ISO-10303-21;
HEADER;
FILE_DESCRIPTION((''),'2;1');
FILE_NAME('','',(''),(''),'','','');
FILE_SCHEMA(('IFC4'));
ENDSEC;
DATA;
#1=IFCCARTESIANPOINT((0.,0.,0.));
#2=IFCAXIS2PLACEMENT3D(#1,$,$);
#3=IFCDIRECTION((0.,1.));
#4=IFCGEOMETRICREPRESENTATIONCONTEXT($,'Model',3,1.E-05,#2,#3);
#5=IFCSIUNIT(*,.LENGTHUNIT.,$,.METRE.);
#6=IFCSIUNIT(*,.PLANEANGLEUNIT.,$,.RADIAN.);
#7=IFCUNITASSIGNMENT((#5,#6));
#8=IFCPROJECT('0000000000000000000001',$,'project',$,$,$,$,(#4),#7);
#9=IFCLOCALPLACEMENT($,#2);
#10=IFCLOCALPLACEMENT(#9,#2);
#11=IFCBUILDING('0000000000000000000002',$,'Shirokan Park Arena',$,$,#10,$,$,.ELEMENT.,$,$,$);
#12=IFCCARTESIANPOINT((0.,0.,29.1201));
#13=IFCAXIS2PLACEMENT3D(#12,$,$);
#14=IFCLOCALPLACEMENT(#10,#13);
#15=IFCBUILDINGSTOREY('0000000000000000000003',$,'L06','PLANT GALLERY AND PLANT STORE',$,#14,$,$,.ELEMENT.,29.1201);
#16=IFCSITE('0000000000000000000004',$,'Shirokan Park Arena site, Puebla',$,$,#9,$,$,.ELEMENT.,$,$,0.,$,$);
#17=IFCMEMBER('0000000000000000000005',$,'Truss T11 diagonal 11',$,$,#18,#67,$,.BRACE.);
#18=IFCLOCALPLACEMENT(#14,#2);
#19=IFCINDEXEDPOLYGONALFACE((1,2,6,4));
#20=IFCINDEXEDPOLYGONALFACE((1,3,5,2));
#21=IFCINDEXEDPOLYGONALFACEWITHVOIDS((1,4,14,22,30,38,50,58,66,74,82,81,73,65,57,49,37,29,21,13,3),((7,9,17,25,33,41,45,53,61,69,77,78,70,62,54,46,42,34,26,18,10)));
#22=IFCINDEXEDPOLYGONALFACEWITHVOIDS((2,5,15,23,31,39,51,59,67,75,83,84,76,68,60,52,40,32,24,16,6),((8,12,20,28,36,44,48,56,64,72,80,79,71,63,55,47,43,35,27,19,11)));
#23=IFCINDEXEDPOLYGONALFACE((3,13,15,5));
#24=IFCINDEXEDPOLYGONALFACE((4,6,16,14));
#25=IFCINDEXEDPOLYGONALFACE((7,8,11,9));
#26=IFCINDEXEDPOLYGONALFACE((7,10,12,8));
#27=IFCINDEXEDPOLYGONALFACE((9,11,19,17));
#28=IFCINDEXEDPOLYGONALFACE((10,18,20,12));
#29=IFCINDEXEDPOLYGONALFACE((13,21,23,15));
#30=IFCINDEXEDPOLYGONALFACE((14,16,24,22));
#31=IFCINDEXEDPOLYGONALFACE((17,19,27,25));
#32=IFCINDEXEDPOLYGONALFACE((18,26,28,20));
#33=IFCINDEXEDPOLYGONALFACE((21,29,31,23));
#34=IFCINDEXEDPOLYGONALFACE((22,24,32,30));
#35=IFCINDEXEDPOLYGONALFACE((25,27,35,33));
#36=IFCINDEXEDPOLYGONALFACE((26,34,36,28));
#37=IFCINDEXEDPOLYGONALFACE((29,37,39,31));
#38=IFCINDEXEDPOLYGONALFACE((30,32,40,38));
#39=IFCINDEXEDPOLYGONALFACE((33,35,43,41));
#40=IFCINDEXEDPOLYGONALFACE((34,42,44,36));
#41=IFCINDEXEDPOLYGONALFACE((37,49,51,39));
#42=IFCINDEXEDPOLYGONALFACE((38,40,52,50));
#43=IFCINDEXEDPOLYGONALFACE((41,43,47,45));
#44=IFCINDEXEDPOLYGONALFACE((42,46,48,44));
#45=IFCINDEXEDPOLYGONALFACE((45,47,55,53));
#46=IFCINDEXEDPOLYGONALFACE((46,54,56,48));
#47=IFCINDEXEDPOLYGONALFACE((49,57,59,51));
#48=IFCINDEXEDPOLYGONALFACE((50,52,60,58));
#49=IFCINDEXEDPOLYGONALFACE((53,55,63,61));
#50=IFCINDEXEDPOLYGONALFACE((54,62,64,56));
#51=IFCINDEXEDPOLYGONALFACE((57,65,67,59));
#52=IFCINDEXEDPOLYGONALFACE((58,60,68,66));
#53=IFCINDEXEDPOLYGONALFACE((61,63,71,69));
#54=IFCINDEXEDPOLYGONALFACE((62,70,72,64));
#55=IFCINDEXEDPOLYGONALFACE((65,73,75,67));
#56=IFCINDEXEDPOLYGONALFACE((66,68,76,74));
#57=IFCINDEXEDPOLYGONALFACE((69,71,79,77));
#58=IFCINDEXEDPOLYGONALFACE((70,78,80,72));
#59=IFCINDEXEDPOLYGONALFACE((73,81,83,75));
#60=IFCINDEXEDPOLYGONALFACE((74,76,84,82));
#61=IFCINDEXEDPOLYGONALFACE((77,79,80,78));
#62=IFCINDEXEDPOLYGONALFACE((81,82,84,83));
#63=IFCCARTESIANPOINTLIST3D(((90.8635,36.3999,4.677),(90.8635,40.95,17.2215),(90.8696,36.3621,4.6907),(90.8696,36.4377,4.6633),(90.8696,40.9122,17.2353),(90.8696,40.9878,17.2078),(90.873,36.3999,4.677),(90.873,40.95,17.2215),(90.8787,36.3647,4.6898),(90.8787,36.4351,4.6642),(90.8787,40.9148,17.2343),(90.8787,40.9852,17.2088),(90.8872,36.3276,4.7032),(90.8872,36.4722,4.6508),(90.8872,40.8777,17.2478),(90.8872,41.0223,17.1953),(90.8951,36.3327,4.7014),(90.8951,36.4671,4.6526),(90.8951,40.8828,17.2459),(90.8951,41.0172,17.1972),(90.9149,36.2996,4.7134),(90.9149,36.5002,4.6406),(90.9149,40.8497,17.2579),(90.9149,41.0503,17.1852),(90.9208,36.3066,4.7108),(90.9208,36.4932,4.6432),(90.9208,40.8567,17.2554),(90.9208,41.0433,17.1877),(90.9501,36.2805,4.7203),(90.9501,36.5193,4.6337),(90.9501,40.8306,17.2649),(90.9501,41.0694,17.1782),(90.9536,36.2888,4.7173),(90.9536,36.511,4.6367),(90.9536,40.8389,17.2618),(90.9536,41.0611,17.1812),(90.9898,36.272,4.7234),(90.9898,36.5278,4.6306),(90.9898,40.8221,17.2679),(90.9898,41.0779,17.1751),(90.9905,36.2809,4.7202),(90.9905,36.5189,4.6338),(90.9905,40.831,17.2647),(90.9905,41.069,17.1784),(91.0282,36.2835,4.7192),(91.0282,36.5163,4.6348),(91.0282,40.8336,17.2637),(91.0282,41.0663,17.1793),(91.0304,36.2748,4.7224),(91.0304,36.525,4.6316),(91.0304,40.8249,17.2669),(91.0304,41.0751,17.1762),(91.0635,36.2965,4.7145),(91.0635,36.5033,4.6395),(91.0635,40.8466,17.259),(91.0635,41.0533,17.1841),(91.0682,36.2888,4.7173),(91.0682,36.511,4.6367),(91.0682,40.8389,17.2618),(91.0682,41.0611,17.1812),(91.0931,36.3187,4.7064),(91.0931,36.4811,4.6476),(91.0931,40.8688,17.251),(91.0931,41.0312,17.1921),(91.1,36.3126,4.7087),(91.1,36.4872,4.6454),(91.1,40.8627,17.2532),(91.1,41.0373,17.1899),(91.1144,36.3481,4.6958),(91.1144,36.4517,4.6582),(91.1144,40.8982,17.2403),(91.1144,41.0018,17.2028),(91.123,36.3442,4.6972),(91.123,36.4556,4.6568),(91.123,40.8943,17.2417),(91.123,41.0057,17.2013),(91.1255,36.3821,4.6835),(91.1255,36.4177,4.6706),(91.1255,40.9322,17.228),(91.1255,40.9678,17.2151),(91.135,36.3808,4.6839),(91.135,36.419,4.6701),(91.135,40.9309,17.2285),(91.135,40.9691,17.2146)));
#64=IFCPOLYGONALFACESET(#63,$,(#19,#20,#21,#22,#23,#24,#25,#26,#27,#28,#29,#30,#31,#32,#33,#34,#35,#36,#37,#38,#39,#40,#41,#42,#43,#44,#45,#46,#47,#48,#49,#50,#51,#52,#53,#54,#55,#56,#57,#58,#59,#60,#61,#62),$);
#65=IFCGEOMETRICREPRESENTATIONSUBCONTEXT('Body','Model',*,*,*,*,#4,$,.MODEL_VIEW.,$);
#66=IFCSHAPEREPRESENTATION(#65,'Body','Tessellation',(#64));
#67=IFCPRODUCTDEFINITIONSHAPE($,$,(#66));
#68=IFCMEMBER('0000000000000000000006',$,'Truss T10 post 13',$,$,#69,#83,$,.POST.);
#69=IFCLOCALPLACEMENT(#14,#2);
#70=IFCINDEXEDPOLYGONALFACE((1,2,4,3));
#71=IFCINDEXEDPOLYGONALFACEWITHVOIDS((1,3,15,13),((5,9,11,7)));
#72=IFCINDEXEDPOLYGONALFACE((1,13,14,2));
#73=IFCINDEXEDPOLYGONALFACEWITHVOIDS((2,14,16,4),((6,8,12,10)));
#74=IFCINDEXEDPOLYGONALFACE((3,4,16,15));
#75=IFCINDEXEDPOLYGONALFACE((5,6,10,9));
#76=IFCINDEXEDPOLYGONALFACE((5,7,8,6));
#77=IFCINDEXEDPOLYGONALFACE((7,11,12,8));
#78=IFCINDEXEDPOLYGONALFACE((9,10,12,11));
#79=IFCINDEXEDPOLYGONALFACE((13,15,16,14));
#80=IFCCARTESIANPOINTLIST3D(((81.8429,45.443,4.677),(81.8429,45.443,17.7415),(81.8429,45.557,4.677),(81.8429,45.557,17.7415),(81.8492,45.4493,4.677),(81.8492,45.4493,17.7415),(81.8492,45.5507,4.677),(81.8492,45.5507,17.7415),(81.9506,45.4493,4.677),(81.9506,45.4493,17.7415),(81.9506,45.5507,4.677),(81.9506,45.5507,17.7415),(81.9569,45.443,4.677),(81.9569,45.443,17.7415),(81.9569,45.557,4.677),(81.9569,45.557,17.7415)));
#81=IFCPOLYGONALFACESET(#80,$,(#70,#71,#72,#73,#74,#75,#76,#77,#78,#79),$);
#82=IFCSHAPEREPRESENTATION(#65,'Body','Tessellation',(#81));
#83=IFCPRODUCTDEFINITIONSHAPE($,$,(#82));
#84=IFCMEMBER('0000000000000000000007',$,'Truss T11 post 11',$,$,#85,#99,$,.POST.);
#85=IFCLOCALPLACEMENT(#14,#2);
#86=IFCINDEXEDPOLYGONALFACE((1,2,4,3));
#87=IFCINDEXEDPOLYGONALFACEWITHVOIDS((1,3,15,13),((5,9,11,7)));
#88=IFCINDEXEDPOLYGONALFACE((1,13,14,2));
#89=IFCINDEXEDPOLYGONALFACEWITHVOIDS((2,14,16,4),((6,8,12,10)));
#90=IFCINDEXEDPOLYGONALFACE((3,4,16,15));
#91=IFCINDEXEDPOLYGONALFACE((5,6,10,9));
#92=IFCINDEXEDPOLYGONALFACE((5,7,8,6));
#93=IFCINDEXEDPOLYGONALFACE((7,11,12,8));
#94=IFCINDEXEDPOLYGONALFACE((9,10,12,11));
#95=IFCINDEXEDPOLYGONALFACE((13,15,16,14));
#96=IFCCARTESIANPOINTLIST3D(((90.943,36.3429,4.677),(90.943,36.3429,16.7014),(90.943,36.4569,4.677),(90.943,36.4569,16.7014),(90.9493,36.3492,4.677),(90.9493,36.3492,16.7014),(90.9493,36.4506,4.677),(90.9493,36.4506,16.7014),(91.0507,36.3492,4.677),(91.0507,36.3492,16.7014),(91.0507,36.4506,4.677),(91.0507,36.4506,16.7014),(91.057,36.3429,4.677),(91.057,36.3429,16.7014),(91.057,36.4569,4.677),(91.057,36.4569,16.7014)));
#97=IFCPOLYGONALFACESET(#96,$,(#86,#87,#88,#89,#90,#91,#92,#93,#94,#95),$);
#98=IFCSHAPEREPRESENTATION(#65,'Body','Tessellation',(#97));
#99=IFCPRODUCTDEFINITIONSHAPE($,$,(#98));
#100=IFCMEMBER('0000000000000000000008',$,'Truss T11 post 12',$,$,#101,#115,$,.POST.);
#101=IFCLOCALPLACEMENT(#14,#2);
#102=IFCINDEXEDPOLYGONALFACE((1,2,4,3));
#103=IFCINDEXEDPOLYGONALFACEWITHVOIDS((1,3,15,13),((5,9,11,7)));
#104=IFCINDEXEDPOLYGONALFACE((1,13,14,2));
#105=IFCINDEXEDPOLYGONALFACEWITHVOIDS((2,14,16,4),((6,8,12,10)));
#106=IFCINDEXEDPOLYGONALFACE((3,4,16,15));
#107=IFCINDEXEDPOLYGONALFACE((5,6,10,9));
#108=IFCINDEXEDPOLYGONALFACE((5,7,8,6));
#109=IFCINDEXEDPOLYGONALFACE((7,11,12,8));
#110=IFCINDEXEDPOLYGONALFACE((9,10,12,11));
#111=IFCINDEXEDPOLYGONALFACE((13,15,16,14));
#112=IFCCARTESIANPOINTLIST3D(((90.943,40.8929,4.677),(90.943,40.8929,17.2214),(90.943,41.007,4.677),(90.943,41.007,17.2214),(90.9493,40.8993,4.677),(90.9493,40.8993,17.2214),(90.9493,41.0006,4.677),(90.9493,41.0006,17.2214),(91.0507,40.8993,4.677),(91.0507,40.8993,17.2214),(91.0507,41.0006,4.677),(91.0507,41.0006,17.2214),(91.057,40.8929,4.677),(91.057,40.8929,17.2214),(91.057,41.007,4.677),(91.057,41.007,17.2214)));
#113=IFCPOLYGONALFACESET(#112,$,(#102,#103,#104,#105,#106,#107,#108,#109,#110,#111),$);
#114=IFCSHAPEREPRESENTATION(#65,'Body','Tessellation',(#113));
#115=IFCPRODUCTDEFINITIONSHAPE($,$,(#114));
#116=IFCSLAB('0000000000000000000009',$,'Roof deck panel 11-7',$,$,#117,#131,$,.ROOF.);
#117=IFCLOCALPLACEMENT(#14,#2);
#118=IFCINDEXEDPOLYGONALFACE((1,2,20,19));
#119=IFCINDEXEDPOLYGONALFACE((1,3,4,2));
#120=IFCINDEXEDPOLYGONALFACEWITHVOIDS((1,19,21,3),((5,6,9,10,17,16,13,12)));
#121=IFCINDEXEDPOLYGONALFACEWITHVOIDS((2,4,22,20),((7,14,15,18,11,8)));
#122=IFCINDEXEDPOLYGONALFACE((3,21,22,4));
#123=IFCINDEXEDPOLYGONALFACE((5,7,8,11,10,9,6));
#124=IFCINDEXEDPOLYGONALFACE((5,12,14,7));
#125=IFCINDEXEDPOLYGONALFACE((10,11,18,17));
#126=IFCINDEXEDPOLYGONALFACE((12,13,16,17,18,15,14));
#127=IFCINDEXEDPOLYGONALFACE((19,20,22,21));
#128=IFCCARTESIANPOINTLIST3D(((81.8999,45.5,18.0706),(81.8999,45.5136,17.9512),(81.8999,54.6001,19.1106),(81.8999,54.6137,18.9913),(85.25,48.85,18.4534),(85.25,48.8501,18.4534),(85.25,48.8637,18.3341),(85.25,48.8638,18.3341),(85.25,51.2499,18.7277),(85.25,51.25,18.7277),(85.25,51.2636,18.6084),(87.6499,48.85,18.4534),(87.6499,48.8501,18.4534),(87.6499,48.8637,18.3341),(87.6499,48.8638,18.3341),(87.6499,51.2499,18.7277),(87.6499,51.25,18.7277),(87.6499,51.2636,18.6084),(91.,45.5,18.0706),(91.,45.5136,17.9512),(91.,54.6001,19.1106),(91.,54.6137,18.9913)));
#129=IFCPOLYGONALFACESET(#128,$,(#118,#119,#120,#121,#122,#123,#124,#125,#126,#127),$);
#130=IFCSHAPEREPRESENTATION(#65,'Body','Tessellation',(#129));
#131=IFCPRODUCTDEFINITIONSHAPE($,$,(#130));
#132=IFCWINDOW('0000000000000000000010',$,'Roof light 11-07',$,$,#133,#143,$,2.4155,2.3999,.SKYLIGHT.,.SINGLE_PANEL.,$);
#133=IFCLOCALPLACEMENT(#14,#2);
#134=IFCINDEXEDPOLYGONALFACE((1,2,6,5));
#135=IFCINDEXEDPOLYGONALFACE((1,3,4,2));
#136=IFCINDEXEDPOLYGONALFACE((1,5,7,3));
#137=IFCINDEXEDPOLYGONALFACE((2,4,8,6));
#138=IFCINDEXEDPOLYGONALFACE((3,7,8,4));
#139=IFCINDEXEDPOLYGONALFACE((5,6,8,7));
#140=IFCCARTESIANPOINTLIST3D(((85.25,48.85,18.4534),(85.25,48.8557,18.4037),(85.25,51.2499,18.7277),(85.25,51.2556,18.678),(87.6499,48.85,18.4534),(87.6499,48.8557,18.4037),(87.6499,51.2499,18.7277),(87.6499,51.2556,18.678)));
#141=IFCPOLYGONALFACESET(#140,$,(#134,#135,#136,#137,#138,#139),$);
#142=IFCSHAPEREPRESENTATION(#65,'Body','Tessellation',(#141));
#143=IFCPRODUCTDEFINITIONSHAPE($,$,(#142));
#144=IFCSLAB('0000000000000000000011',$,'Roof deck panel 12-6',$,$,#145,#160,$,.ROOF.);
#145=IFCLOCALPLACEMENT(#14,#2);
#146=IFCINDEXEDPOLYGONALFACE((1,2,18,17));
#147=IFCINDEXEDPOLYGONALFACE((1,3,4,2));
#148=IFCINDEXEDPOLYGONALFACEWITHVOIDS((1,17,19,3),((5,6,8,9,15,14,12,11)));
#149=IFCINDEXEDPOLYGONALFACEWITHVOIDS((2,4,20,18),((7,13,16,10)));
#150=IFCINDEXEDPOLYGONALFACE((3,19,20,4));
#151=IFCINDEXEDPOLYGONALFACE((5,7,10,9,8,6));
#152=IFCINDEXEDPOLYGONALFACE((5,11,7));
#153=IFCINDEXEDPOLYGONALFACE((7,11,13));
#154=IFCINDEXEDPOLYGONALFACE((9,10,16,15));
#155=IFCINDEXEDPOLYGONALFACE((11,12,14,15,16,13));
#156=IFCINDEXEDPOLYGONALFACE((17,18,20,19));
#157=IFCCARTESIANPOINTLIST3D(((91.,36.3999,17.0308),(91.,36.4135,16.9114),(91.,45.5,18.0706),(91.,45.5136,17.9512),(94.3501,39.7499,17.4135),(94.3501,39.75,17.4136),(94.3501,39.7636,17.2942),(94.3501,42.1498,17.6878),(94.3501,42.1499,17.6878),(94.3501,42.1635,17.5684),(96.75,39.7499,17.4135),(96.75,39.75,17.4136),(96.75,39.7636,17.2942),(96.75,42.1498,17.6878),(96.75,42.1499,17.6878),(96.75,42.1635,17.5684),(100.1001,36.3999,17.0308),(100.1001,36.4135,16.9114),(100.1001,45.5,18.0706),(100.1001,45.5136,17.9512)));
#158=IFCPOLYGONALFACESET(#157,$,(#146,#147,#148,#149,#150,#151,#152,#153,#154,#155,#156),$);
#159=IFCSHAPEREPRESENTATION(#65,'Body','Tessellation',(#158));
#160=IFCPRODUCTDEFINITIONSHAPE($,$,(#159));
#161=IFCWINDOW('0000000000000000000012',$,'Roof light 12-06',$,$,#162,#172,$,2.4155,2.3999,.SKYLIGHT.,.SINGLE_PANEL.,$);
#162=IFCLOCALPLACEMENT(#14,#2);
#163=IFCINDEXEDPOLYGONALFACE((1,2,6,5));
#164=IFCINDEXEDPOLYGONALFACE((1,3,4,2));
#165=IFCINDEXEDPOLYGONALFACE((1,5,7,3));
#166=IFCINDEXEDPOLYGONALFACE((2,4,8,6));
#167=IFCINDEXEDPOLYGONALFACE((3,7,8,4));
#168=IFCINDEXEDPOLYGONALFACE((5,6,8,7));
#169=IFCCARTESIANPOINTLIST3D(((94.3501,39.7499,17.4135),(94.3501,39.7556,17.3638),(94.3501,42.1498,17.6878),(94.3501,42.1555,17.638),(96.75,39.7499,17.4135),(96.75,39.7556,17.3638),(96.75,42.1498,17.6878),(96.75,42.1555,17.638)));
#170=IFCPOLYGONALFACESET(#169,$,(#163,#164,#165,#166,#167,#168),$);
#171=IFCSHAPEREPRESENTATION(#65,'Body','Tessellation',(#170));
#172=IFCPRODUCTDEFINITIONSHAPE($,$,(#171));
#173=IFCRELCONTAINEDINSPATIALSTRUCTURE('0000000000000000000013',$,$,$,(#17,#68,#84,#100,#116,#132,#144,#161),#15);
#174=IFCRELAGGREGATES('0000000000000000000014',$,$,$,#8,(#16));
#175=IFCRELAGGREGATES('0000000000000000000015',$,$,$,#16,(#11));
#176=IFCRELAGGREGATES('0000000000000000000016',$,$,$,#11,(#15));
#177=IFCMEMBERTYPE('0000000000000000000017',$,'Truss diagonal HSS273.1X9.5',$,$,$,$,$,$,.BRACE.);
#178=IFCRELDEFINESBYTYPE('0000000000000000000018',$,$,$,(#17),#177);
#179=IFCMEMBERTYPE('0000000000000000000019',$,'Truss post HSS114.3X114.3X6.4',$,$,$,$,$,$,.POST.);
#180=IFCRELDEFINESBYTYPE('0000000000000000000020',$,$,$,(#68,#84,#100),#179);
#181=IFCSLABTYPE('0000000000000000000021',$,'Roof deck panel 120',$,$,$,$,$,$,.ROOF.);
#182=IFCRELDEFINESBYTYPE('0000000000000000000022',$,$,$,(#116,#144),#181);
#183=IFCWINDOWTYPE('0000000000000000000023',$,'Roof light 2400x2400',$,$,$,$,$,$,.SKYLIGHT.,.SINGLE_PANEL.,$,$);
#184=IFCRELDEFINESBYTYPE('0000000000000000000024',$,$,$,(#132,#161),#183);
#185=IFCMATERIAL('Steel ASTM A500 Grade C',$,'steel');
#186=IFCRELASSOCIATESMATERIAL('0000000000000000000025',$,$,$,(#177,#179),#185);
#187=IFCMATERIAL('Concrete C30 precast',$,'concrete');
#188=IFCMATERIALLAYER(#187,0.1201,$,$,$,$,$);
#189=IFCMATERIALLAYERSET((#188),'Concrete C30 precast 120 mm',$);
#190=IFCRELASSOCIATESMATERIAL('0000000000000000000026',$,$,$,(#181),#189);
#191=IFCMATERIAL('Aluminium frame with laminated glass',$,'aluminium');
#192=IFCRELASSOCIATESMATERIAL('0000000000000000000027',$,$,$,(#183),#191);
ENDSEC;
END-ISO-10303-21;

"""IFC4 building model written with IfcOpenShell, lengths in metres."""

from ifc_helpers import new_model, si_unit, direction, frame, origin, origin_2d, place, context, subcontext, project, spatial, polyline, rectangle, hollow_rectangle, hollow_circle, outline, extrude, material, layer, layer_set, material_profile, profile_set, type_object, element, fill, save


model = new_model("IFC4")

# Units and contexts
model_context = context("Model", 3, precision=1e-05, world=origin(), true_north=direction((0.0, 1.0)))
body_context = subcontext(model_context, "Body", "Model", "MODEL_VIEW")
ifc_project = project(units=[si_unit("LENGTHUNIT", "METRE"), si_unit("PLANEANGLEUNIT", "RADIAN")], contexts=[model_context])

# Site, building, storey
site_placement = place(None, origin())
site = spatial("IfcSite", under=ifc_project, at=site_placement, Name="Shirokan Park Arena site, Puebla", CompositionType="ELEMENT", RefElevation=0.0)
building_placement = place(site_placement, origin())
building = spatial("IfcBuilding", under=site, at=building_placement, Name="Shirokan Park Arena", CompositionType="ELEMENT")
storey_placement = place(building_placement, frame((0.0, 0.0, 29.1201)))
storey = spatial("IfcBuildingStorey", under=building, at=storey_placement, Name="L06", Description="PLANT GALLERY AND PLANT STORE", CompositionType="ELEMENT", Elevation=29.1201)

# Members
ifc_material_1 = material(Name="Steel ASTM A500 Grade C", Category="steel")
ifc_material_profile_1 = material_profile(ifc_material_1, hollow_circle(Radius=0.1365, WallThickness=0.0095, at=origin_2d()), Name="HSS273.1X9.5")
ifc_profile_set_1 = profile_set([ifc_material_profile_1], Name="Steel ASTM A500 Grade C")
member_type_1 = type_object("IfcMemberType", Name="Truss diagonal HSS273.1X9.5", PredefinedType="BRACE", material=ifc_profile_set_1)
member_1_placement = place(storey_placement, frame((91.0, 36.3999, 4.677), z_axis=(0.0, 0.340978, 0.940071), x_axis=(-1.0, 0.0, 0.0)))
element("IfcMember", 1, at=member_1_placement, inside=storey, type_object=member_type_1, Name="Truss T11 diagonal 11", PredefinedType="BRACE", context=body_context, shape_type="SweptSolid", body=[
    extrude(hollow_circle(Radius=0.1365, WallThickness=0.0095, at=origin_2d()), origin(), (0.0, 0.0, 1.0), 13.3442),
])
ifc_material_profile_2 = material_profile(ifc_material_1, hollow_rectangle(XDim=0.114, YDim=0.114, WallThickness=0.0063, at=origin_2d()), Name="HSS114.3X114.3X6.4")
ifc_profile_set_2 = profile_set([ifc_material_profile_2], Name="Steel ASTM A500 Grade C")
member_type_2 = type_object("IfcMemberType", Name="Truss post HSS114.3X114.3X6.4", PredefinedType="POST", material=ifc_profile_set_2)
member_2_placement = place(storey_placement, frame((81.8999, 45.5, 4.677), z_axis=(0.0, 0.0, 1.0), x_axis=(1.0, 0.0, 0.0)))
element("IfcMember", 2, at=member_2_placement, inside=storey, type_object=member_type_2, Name="Truss T10 post 13", PredefinedType="POST", context=body_context, shape_type="SweptSolid", body=[
    extrude(hollow_rectangle(XDim=0.114, YDim=0.114, WallThickness=0.0063, at=origin_2d()), origin(), (0.0, 0.0, 1.0), 13.0645),
])
member_3_placement = place(storey_placement, frame((91.0, 36.3999, 4.677), z_axis=(0.0, 0.0, 1.0), x_axis=(1.0, 0.0, 0.0)))
element("IfcMember", 3, at=member_3_placement, inside=storey, type_object=member_type_2, Name="Truss T11 post 11", PredefinedType="POST", context=body_context, shape_type="SweptSolid", body=[
    extrude(hollow_rectangle(XDim=0.114, YDim=0.114, WallThickness=0.0063, at=origin_2d()), origin(), (0.0, 0.0, 1.0), 12.0244),
])
member_4_placement = place(storey_placement, frame((91.0, 40.95, 4.677), z_axis=(0.0, 0.0, 1.0), x_axis=(1.0, 0.0, 0.0)))
element("IfcMember", 4, at=member_4_placement, inside=storey, type_object=member_type_2, Name="Truss T11 post 12", PredefinedType="POST", context=body_context, shape_type="SweptSolid", body=[
    extrude(hollow_rectangle(XDim=0.114, YDim=0.114, WallThickness=0.0063, at=origin_2d()), origin(), (0.0, 0.0, 1.0), 12.5444),
])

# Slabs, openings, windows
ifc_material_2 = material(Name="Concrete C30 precast", Category="concrete")
ifc_layer_1 = layer(ifc_material_2, 0.1201)
ifc_layer_set_1 = layer_set([ifc_layer_1], Name="Concrete C30 precast 120 mm")
slab_type = type_object("IfcSlabType", Name="Roof deck panel 120", PredefinedType="ROOF", material=ifc_layer_set_1)
slab_1_placement = place(storey_placement, frame((81.8999, 45.5, 18.0706), z_axis=(0.0, -0.11355, 0.993532), x_axis=(1.0, 0.0, 0.0)))
slab_1 = element("IfcSlab", 5, at=slab_1_placement, inside=storey, type_object=slab_type, Name="Roof deck panel 11-7", PredefinedType="ROOF", context=body_context, shape_type="SweptSolid", body=[
    extrude(outline(polyline([(0.0, 0.0), (9.1001, 0.0), (9.1001, 9.1593), (0.0, 9.1593), (0.0, 0.0)]), holes=[polyline([(3.3501, 3.3719), (5.75, 3.3719), (5.75, 5.7874), (3.3501, 5.7874), (3.3501, 3.3719)])]), origin(), (0.0, 0.0, -1.0), 0.1201),
])
opening_1_placement = place(slab_1_placement, frame((4.55, 4.5796, 0.01)))
opening_1 = element("IfcOpeningElement", 6, at=opening_1_placement, cuts=slab_1, PredefinedType="OPENING", context=body_context, shape_type="SweptSolid", body=[
    extrude(rectangle(XDim=2.3999, YDim=2.4155, at=origin_2d()), origin(), (0.0, 0.0, -1.0), 0.1399),
])
ifc_material_3 = material(Name="Aluminium frame with laminated glass", Category="aluminium")
window_type = type_object("IfcWindowType", Name="Roof light 2400x2400", PartitioningType="SINGLE_PANEL", PredefinedType="SKYLIGHT", material=ifc_material_3)
window_1_placement = place(opening_1_placement, frame((0.0, 0.0, -0.0601)))
window_1 = element("IfcWindow", 7, at=window_1_placement, inside=storey, type_object=window_type, Name="Roof light 11-07", OverallHeight=2.4155, OverallWidth=2.3999, PartitioningType="SINGLE_PANEL", PredefinedType="SKYLIGHT", context=body_context, shape_type="SweptSolid", body=[
    extrude(rectangle(XDim=2.3999, YDim=2.4155, at=origin_2d()), origin(), (0.0, 0.0, 1.0), 0.05),
])
fill(opening_1, window_1)
slab_2_placement = place(storey_placement, frame((91.0, 36.3999, 17.0308), z_axis=(0.0, -0.113523, 0.993535), x_axis=(1.0, 0.0, 0.0)))
slab_2 = element("IfcSlab", 8, at=slab_2_placement, inside=storey, type_object=slab_type, Name="Roof deck panel 12-6", PredefinedType="ROOF", context=body_context, shape_type="SweptSolid", body=[
    extrude(outline(polyline([(0.0, 0.0), (9.1001, 0.0), (9.1001, 9.1593), (0.0, 9.1593), (0.0, 0.0)]), holes=[polyline([(3.3501, 3.3719), (5.75, 3.3719), (5.75, 5.7874), (3.3501, 5.7874), (3.3501, 3.3719)])]), origin(), (0.0, 0.0, -1.0), 0.1201),
])
opening_2_placement = place(slab_2_placement, frame((4.55, 4.5796, 0.01)))
opening_2 = element("IfcOpeningElement", 9, at=opening_2_placement, cuts=slab_2, PredefinedType="OPENING", context=body_context, shape_type="SweptSolid", body=[
    extrude(rectangle(XDim=2.3999, YDim=2.4155, at=origin_2d()), origin(), (0.0, 0.0, -1.0), 0.1399),
])
window_2_placement = place(opening_2_placement, frame((0.0, 0.0, -0.0601)))
window_2 = element("IfcWindow", 10, at=window_2_placement, inside=storey, type_object=window_type, Name="Roof light 12-06", OverallHeight=2.4155, OverallWidth=2.3999, PartitioningType="SINGLE_PANEL", PredefinedType="SKYLIGHT", context=body_context, shape_type="SweptSolid", body=[
    extrude(rectangle(XDim=2.3999, YDim=2.4155, at=origin_2d()), origin(), (0.0, 0.0, 1.0), 0.05),
])
fill(opening_2, window_2)

save(model, "model.ifc")
